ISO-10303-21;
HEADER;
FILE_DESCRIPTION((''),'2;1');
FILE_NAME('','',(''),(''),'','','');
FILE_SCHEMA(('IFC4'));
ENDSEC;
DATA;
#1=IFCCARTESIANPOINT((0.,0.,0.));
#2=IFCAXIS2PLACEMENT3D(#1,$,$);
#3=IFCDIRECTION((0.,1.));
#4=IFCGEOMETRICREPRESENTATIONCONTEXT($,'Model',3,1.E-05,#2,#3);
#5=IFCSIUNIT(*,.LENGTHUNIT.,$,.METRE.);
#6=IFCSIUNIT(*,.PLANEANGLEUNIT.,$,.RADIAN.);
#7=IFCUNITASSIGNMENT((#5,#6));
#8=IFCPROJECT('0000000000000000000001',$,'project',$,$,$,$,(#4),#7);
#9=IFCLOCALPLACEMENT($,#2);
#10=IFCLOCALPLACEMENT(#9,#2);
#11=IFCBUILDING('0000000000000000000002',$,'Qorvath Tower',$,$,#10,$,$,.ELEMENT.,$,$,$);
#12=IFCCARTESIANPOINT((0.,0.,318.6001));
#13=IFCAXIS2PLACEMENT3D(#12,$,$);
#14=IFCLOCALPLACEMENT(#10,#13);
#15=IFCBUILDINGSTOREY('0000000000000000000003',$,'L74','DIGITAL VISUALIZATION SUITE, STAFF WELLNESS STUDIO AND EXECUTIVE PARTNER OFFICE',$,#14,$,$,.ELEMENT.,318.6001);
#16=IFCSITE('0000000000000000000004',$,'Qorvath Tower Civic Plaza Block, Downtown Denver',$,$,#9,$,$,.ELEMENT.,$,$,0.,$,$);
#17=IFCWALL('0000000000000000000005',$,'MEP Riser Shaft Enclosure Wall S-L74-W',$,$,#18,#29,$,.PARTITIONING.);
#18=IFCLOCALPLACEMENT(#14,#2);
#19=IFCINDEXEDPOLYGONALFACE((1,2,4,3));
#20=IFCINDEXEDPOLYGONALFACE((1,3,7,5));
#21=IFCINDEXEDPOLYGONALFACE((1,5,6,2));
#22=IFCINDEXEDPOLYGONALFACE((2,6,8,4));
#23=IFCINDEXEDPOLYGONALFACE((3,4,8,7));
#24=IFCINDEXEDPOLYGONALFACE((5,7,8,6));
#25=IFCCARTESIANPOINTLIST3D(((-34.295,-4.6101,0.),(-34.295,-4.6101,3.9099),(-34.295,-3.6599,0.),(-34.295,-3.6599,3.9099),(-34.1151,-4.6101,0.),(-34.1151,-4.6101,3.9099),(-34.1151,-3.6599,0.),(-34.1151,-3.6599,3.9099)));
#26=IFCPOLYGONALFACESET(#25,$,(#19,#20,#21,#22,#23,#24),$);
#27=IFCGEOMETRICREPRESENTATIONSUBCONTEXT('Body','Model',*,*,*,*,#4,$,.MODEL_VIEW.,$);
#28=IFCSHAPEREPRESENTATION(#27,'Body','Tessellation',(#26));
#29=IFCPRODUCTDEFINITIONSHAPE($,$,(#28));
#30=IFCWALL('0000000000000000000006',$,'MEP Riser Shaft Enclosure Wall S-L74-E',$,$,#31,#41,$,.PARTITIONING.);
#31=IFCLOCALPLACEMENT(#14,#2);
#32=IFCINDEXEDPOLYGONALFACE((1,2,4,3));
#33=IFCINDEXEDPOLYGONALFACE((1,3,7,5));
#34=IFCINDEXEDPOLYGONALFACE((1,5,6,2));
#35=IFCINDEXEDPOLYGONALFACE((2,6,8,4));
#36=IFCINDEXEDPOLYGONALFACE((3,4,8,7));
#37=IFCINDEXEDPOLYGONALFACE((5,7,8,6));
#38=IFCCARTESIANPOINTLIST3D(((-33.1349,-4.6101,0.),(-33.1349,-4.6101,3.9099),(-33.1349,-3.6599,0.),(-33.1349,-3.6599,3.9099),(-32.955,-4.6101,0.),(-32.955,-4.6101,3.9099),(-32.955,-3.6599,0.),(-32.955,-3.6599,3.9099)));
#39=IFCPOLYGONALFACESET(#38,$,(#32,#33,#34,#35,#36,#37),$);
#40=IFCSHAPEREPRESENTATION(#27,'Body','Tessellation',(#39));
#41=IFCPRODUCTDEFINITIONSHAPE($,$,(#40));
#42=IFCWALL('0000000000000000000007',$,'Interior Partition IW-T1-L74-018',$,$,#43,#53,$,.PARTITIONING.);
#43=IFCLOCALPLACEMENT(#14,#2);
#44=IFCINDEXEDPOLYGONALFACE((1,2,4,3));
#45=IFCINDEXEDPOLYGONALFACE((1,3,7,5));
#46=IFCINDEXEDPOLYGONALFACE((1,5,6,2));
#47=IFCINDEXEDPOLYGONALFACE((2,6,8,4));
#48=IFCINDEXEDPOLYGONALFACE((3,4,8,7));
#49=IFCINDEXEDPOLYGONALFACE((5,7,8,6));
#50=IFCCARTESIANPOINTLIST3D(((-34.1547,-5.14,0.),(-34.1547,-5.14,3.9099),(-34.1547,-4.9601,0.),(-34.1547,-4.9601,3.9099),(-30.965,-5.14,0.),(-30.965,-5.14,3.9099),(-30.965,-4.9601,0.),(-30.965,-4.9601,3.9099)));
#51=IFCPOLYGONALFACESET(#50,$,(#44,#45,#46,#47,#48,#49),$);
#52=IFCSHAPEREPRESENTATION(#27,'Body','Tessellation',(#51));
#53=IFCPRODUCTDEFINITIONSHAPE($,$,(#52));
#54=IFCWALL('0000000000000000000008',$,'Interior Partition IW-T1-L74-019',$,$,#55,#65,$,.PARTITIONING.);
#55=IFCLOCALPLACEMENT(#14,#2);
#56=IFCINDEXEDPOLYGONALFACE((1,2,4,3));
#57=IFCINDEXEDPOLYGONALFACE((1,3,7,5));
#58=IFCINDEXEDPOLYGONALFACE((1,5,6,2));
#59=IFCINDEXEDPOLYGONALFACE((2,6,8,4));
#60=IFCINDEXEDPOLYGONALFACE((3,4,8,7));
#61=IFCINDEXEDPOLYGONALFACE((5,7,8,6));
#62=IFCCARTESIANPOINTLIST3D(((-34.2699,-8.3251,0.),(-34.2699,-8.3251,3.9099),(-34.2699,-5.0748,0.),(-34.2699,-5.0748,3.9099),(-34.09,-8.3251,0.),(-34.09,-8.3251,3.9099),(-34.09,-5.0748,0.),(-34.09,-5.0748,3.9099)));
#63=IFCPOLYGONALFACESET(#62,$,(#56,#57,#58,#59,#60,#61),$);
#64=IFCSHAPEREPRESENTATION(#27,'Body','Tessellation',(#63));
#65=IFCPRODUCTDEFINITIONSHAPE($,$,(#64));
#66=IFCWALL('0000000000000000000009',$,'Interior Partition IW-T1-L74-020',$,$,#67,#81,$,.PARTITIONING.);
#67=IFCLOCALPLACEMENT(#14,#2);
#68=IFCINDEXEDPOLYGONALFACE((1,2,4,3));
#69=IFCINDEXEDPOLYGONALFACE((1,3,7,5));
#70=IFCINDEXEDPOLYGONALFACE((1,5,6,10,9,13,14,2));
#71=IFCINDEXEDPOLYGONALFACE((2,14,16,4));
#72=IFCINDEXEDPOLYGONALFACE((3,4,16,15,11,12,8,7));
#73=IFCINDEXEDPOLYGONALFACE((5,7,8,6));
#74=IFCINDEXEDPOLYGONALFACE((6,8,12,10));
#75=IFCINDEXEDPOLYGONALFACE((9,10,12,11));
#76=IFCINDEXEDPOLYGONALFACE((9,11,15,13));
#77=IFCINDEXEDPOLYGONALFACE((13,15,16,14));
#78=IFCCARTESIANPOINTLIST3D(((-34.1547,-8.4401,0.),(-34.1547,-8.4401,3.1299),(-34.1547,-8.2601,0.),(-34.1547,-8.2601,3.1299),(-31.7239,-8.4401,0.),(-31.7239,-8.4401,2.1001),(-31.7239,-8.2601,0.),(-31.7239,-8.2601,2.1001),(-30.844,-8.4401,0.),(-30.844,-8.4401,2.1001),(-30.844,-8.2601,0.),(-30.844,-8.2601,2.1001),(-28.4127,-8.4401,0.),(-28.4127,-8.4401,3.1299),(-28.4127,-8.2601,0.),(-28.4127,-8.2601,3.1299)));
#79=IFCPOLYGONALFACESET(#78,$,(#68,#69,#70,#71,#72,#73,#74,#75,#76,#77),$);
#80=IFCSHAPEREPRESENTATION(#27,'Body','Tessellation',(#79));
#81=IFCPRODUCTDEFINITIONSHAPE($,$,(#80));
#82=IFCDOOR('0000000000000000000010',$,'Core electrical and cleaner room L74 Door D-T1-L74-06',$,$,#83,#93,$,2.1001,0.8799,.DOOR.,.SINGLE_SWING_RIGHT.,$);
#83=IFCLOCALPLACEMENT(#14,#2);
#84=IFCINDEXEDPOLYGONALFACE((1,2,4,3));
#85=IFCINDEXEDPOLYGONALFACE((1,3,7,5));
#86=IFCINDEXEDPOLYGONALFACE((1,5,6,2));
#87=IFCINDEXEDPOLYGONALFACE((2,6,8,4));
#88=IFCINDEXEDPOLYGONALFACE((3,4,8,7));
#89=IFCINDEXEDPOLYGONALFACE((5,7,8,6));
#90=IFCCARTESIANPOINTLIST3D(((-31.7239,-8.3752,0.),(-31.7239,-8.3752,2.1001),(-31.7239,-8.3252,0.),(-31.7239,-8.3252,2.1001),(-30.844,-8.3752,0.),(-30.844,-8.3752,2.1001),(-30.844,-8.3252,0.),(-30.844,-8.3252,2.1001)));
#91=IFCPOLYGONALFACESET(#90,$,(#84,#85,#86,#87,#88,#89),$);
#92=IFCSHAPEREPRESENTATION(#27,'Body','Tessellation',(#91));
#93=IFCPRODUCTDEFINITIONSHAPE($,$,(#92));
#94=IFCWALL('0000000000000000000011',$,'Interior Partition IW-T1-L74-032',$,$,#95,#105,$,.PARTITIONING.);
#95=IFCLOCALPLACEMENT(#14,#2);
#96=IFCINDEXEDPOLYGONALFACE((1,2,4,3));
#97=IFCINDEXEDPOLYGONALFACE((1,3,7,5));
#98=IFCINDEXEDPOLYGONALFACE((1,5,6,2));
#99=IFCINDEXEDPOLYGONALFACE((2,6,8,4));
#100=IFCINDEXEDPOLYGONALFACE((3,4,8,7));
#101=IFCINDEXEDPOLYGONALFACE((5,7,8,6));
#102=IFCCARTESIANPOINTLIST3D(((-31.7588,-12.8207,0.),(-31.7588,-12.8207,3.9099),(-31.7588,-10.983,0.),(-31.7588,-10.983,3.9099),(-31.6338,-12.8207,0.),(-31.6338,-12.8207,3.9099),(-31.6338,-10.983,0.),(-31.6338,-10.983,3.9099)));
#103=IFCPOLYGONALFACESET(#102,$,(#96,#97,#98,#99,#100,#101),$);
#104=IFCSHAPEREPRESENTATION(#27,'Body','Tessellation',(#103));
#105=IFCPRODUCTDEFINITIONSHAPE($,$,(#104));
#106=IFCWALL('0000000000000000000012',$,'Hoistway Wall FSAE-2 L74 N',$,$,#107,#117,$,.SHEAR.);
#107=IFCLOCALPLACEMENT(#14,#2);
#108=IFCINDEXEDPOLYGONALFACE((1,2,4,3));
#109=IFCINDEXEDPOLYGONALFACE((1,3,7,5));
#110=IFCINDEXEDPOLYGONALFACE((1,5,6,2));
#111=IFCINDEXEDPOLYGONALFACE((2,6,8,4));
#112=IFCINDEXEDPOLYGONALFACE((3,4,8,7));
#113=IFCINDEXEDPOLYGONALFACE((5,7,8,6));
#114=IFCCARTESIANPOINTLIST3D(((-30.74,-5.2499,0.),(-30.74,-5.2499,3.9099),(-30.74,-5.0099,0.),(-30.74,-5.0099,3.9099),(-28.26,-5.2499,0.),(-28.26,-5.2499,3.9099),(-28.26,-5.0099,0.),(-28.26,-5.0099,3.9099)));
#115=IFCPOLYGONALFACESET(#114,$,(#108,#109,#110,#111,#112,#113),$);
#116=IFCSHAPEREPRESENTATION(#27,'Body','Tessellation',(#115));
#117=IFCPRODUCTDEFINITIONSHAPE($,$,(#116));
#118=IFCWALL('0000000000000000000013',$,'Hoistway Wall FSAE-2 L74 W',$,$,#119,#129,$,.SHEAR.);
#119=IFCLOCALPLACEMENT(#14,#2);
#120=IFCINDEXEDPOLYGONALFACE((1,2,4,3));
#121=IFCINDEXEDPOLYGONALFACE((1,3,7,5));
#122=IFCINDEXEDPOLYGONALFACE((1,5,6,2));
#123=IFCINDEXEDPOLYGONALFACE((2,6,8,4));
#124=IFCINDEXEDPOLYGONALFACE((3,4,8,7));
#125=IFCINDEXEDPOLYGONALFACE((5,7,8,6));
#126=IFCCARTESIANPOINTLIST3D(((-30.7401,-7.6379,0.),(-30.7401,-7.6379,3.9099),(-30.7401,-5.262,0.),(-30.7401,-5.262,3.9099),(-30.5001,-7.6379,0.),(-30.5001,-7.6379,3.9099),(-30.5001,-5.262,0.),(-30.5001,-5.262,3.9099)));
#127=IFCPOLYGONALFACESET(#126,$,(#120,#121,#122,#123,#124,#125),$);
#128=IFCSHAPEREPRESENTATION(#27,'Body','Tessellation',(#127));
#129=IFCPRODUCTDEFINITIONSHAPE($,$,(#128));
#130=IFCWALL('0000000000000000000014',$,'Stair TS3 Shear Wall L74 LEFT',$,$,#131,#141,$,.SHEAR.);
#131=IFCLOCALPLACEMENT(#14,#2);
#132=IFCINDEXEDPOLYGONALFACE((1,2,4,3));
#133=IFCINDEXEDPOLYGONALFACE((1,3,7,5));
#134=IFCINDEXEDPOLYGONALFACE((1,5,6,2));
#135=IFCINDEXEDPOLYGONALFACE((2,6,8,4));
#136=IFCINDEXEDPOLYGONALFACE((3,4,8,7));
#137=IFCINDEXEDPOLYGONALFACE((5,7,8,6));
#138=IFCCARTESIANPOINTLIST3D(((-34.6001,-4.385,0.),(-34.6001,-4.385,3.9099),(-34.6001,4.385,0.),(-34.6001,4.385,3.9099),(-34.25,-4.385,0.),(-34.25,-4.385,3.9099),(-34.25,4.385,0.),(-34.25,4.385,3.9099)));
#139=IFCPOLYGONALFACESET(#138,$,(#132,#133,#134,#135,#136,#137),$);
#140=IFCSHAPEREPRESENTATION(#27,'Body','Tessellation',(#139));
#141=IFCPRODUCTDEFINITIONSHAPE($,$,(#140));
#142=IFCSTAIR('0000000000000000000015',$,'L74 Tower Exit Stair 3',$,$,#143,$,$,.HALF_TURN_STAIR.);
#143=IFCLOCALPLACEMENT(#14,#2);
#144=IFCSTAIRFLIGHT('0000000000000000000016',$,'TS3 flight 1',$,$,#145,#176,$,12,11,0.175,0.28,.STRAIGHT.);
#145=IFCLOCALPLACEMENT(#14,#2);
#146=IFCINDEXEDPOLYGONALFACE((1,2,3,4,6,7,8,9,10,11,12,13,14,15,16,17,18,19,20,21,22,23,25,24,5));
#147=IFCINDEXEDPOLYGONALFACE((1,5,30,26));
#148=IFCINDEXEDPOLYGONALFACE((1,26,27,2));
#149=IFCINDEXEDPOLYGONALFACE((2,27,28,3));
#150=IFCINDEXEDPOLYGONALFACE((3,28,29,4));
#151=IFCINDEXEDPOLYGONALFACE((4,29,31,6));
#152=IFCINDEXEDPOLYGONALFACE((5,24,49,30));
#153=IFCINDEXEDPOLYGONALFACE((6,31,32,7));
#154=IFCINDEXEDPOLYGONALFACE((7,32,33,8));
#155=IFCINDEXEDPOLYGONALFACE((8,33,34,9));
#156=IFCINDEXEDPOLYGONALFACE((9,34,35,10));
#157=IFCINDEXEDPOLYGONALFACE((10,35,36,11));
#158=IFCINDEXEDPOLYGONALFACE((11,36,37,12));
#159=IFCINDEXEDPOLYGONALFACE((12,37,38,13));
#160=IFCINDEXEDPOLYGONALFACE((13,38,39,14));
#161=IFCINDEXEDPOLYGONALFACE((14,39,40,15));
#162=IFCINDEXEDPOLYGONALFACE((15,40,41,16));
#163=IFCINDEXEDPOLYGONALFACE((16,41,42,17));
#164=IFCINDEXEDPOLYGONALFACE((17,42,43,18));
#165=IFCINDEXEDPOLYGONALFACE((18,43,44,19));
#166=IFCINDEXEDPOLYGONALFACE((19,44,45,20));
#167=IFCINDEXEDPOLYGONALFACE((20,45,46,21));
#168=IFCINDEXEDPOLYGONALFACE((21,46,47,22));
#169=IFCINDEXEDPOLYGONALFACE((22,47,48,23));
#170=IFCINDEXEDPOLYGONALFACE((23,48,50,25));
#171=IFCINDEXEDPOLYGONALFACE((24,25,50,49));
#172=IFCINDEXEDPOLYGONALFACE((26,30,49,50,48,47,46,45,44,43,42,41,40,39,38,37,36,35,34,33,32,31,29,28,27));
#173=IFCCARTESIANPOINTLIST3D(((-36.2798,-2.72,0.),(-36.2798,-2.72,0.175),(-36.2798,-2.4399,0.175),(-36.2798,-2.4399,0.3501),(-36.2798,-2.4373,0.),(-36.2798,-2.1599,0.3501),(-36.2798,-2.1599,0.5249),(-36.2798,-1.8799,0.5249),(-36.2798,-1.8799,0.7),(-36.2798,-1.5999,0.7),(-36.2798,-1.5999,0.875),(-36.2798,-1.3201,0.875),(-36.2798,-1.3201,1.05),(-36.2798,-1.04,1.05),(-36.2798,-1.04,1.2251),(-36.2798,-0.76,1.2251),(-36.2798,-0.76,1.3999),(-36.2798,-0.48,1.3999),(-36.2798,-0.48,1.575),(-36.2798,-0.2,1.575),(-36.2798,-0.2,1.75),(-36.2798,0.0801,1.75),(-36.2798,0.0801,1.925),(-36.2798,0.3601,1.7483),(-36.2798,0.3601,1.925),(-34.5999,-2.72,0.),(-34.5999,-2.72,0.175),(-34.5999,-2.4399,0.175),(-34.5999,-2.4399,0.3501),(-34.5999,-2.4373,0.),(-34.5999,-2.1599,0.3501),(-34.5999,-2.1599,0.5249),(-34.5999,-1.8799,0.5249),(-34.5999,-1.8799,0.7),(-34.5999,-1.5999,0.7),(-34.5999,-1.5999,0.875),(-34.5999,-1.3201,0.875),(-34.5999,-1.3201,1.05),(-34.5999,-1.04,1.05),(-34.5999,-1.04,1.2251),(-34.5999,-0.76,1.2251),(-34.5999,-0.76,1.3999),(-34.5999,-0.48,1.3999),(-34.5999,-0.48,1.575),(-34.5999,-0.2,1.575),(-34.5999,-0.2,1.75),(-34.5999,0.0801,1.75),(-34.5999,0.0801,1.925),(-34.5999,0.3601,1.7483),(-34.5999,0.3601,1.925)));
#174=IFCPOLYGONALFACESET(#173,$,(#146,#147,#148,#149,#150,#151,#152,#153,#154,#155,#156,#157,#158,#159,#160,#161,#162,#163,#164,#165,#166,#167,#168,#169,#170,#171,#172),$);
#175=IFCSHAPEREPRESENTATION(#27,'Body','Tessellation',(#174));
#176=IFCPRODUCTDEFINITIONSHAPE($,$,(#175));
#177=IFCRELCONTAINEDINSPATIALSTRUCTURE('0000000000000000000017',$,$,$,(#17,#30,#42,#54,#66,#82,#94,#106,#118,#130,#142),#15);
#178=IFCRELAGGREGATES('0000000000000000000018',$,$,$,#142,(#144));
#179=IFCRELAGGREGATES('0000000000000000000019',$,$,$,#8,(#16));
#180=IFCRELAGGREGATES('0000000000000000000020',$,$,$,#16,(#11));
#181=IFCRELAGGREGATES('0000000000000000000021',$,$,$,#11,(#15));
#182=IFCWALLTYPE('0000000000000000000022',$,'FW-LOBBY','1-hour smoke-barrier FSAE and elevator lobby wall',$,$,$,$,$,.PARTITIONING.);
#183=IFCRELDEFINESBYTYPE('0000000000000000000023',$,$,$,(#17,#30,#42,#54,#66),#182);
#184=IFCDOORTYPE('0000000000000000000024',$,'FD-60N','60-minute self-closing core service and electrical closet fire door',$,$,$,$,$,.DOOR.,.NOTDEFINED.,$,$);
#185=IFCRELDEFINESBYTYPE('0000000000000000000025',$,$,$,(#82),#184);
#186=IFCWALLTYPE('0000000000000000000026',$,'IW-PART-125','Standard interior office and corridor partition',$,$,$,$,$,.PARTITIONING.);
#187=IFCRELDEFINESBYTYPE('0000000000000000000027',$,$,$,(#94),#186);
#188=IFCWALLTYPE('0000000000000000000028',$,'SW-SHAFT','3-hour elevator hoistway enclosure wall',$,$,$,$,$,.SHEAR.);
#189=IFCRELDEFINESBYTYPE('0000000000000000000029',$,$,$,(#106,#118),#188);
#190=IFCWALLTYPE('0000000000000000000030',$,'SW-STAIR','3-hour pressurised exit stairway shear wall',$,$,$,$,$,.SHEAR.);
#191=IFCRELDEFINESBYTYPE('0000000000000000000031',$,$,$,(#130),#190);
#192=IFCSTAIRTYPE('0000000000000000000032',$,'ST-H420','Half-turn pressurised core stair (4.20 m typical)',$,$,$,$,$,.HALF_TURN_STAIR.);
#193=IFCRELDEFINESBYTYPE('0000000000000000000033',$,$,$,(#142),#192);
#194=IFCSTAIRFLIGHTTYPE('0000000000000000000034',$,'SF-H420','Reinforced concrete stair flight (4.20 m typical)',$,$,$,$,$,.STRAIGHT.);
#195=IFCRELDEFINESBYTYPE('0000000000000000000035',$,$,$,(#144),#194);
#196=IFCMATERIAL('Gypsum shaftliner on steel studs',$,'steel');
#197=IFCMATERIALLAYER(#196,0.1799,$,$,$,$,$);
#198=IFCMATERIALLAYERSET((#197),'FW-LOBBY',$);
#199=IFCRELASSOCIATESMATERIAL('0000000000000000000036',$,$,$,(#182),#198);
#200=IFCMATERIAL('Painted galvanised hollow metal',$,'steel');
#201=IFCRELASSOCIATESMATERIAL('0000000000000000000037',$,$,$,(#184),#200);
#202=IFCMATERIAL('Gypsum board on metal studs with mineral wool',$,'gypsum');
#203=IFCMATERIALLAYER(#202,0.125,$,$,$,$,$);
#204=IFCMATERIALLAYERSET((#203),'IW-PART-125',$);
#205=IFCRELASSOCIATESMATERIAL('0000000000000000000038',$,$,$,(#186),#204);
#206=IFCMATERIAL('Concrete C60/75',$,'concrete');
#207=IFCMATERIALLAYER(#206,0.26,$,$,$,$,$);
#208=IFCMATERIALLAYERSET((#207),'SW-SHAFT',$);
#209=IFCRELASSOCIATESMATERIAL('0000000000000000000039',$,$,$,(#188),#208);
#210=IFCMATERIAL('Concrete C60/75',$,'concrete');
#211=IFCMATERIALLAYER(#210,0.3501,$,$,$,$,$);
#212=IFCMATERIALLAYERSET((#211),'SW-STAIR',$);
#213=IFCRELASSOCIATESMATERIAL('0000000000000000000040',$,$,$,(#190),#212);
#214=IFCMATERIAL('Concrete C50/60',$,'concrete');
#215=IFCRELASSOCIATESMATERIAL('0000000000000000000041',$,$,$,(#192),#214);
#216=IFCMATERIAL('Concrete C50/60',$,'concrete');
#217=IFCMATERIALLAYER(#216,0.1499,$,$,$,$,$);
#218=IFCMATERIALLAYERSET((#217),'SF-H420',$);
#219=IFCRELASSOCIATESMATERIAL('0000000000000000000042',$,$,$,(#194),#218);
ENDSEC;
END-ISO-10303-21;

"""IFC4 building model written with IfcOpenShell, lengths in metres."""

from ifc_helpers import new_model, si_unit, direction, frame, frame_2d, origin, place, context, subcontext, project, spatial, polyline, rectangle, outline, extrude, material, layer, layer_set, type_object, element, fill, aggregate, save


model = new_model("IFC4")

# Units and contexts
model_context = context("Model", 3, precision=1e-05, world=origin(), true_north=direction((0.0, 1.0)))
body_context = subcontext(model_context, "Body", "Model", "MODEL_VIEW")
ifc_project = project(units=[si_unit("LENGTHUNIT", "METRE"), si_unit("PLANEANGLEUNIT", "RADIAN")], contexts=[model_context])

# Site, building, storey
site_placement = place(None, origin())
site = spatial("IfcSite", under=ifc_project, at=site_placement, Name="Qorvath Tower Civic Plaza Block, Downtown Denver", CompositionType="ELEMENT", RefElevation=0.0)
building_placement = place(site_placement, origin())
building = spatial("IfcBuilding", under=site, at=building_placement, Name="Qorvath Tower", CompositionType="ELEMENT")
storey_placement = place(building_placement, frame((0.0, 0.0, 318.6001)))
storey = spatial("IfcBuildingStorey", under=building, at=storey_placement, Name="L74", Description="DIGITAL VISUALIZATION SUITE, STAFF WELLNESS STUDIO AND EXECUTIVE PARTNER OFFICE", CompositionType="ELEMENT", Elevation=318.6001)

# Walls
ifc_material_1 = material(Name="Gypsum shaftliner on steel studs", Category="steel")
ifc_layer_1 = layer(ifc_material_1, 0.1799)
ifc_layer_set_1 = layer_set([ifc_layer_1], Name="FW-LOBBY")
wall_type_1 = type_object("IfcWallType", Name="FW-LOBBY", Description="1-hour smoke-barrier FSAE and elevator lobby wall", PredefinedType="PARTITIONING", material=ifc_layer_set_1)
for number, where, z_axis, x_axis, name in (
    (1, (-34.2051, -4.6101, 0.0), (0.0, 0.0, 1.0), (0.0, 1.0, 0.0), "MEP Riser Shaft Enclosure Wall S-L74-W"),
    (2, (-33.0449, -3.6599, 0.0), (0.0, 0.0, 1.0), (0.0, -1.0, 0.0), "MEP Riser Shaft Enclosure Wall S-L74-E"),
):
    element("IfcWall", number, at=place(storey_placement, frame(where, z_axis=z_axis, x_axis=x_axis)), inside=storey, type_object=wall_type_1, Name=name, PredefinedType="PARTITIONING", context=body_context, shape_type="SweptSolid", body=[
        extrude(rectangle(XDim=0.9502, YDim=0.1799, at=frame_2d((0.4751, 0.0))), origin(), (0.0, 0.0, 1.0), 3.9099),
    ])
wall_1_placement = place(storey_placement, frame((-30.9651, -5.05, 0.0), z_axis=(0.0, 0.0, 1.0), x_axis=(-1.0, 0.0, 0.0)))
element("IfcWall", 3, at=wall_1_placement, inside=storey, type_object=wall_type_1, Name="Interior Partition IW-T1-L74-018", PredefinedType="PARTITIONING", context=body_context, shape_type="SweptSolid", body=[
    extrude(rectangle(XDim=3.1897, YDim=0.1799, at=frame_2d((1.5947, 0.0))), origin(), (0.0, 0.0, 1.0), 3.9099),
])
wall_2_placement = place(storey_placement, frame((-34.1799, -5.075, 0.0), z_axis=(0.0, 0.0, 1.0), x_axis=(0.0, -1.0, 0.0)))
element("IfcWall", 4, at=wall_2_placement, inside=storey, type_object=wall_type_1, Name="Interior Partition IW-T1-L74-019", PredefinedType="PARTITIONING", context=body_context, shape_type="SweptSolid", body=[
    extrude(rectangle(XDim=3.2502, YDim=0.1799, at=frame_2d((1.625, 0.0))), origin(), (0.0, 0.0, 1.0), 3.9099),
])

# Wall, opening, door
wall_3_placement = place(storey_placement, frame((-34.1548, -8.3501, 0.0), z_axis=(0.0, 0.0, 1.0), x_axis=(1.0, 0.0, 0.0)))
wall_3 = element("IfcWall", 5, at=wall_3_placement, inside=storey, type_object=wall_type_1, Name="Interior Partition IW-T1-L74-020", PredefinedType="PARTITIONING", context=body_context, shape_type="SweptSolid", body=[
    extrude(rectangle(XDim=5.7419, YDim=0.1799, at=frame_2d((2.8711, 0.0))), origin(), (0.0, 0.0, 1.0), 3.1299),
])
opening_placement = place(wall_3_placement, frame((2.4309, 0.0, 0.0)))
opening = element("IfcOpeningElement", 6, at=opening_placement, cuts=wall_3, PredefinedType="OPENING", context=body_context, shape_type="SweptSolid", body=[
    extrude(rectangle(XDim=0.8799, YDim=2.1001, at=frame_2d((0.4399, 1.05))), frame((0.0, 0.1001, 0.0), z_axis=(0.0, -1.0, 0.0), x_axis=(1.0, 0.0, 0.0)), (0.0, 0.0, 1.0), 0.2),
])
ifc_material_2 = material(Name="Painted galvanised hollow metal", Category="steel")
door_type = type_object("IfcDoorType", Name="FD-60N", Description="60-minute self-closing core service and electrical closet fire door", OperationType="NOTDEFINED", PredefinedType="DOOR", material=ifc_material_2)
door_placement = place(opening_placement, origin())
door = element("IfcDoor", 7, at=door_placement, inside=storey, type_object=door_type, Name="Core electrical and cleaner room L74 Door D-T1-L74-06", OperationType="SINGLE_SWING_RIGHT", OverallHeight=2.1001, OverallWidth=0.8799, PredefinedType="DOOR", context=body_context, shape_type="SweptSolid", body=[
    extrude(rectangle(XDim=0.8799, YDim=2.1001, at=frame_2d((0.4399, 1.05))), frame((0.0, 0.0249, 0.0), z_axis=(0.0, -1.0, 0.0), x_axis=(1.0, 0.0, 0.0)), (0.0, 0.0, 1.0), 0.05),
])
fill(opening, door)

# Walls
ifc_material_3 = material(Name="Gypsum board on metal studs with mineral wool", Category="gypsum")
ifc_layer_2 = layer(ifc_material_3, 0.125)
ifc_layer_set_2 = layer_set([ifc_layer_2], Name="IW-PART-125")
wall_type_2 = type_object("IfcWallType", Name="IW-PART-125", Description="Standard interior office and corridor partition", PredefinedType="PARTITIONING", material=ifc_layer_set_2)
wall_4_placement = place(storey_placement, frame((-31.6963, -10.9829, 0.0), z_axis=(0.0, 0.0, 1.0), x_axis=(0.0, -1.0, 0.0)))
element("IfcWall", 8, at=wall_4_placement, inside=storey, type_object=wall_type_2, Name="Interior Partition IW-T1-L74-032", PredefinedType="PARTITIONING", context=body_context, shape_type="SweptSolid", body=[
    extrude(rectangle(XDim=1.8376, YDim=0.125, at=frame_2d((0.9189, 0.0))), origin(), (0.0, 0.0, 1.0), 3.9099),
])
ifc_material_4 = material(Name="Concrete C60/75", Category="concrete")
ifc_layer_3 = layer(ifc_material_4, 0.26)
ifc_layer_set_3 = layer_set([ifc_layer_3], Name="SW-SHAFT")
wall_type_3 = type_object("IfcWallType", Name="SW-SHAFT", Description="3-hour elevator hoistway enclosure wall", PredefinedType="SHEAR", material=ifc_layer_set_3)
wall_5_placement = place(storey_placement, frame((-30.74, -5.1299, 0.0), z_axis=(0.0, 0.0, 1.0), x_axis=(1.0, 0.0, 0.0)))
element("IfcWall", 9, at=wall_5_placement, inside=storey, type_object=wall_type_3, Name="Hoistway Wall FSAE-2 L74 N", PredefinedType="SHEAR", context=body_context, shape_type="SweptSolid", body=[
    extrude(rectangle(XDim=2.48, YDim=0.24, at=frame_2d((1.24, 0.0))), origin(), (0.0, 0.0, 1.0), 3.9099),
])
wall_6_placement = place(storey_placement, frame((-30.6201, -7.6379, 0.0), z_axis=(0.0, 0.0, 1.0), x_axis=(0.0, 1.0, 0.0)))
element("IfcWall", 10, at=wall_6_placement, inside=storey, type_object=wall_type_3, Name="Hoistway Wall FSAE-2 L74 W", PredefinedType="SHEAR", context=body_context, shape_type="SweptSolid", body=[
    extrude(rectangle(XDim=2.376, YDim=0.24, at=frame_2d((1.188, 0.0))), origin(), (0.0, 0.0, 1.0), 3.9099),
])
ifc_material_5 = material(Name="Concrete C60/75", Category="concrete")
ifc_layer_4 = layer(ifc_material_5, 0.3501)
ifc_layer_set_4 = layer_set([ifc_layer_4], Name="SW-STAIR")
wall_type_4 = type_object("IfcWallType", Name="SW-STAIR", Description="3-hour pressurised exit stairway shear wall", PredefinedType="SHEAR", material=ifc_layer_set_4)
wall_7_placement = place(storey_placement, frame((-34.425, -4.385, 0.0), z_axis=(0.0, 0.0, 1.0), x_axis=(0.0, 1.0, 0.0)))
element("IfcWall", 11, at=wall_7_placement, inside=storey, type_object=wall_type_4, Name="Stair TS3 Shear Wall L74 LEFT", PredefinedType="SHEAR", context=body_context, shape_type="SweptSolid", body=[
    extrude(rectangle(XDim=8.77, YDim=0.3501, at=frame_2d((4.385, 0.0))), origin(), (0.0, 0.0, 1.0), 3.9099),
])

# Stair, stair flight
ifc_material_6 = material(Name="Concrete C50/60", Category="concrete")
stair_type = type_object("IfcStairType", Name="ST-H420", Description="Half-turn pressurised core stair (4.20 m typical)", PredefinedType="HALF_TURN_STAIR", material=ifc_material_6)
stair_placement = place(storey_placement, origin())
stair = element("IfcStair", 12, at=stair_placement, inside=storey, type_object=stair_type, Name="L74 Tower Exit Stair 3", PredefinedType="HALF_TURN_STAIR")
ifc_material_7 = material(Name="Concrete C50/60", Category="concrete")
ifc_layer_5 = layer(ifc_material_7, 0.1499)
ifc_layer_set_5 = layer_set([ifc_layer_5], Name="SF-H420")
stair_flight_type = type_object("IfcStairFlightType", Name="SF-H420", Description="Reinforced concrete stair flight (4.20 m typical)", PredefinedType="STRAIGHT", material=ifc_layer_set_5)
stair_flight_placement = place(storey_placement, frame((-35.4399, -2.72, 0.0), z_axis=(0.0, 0.0, 1.0), x_axis=(0.0, 1.0, 0.0)))
stair_flight = element("IfcStairFlight", 13, at=stair_flight_placement, type_object=stair_flight_type, Name="TS3 flight 1", NumberOfRisers=12, NumberOfTreads=11, PredefinedType="STRAIGHT", RiserHeight=0.175, TreadLength=0.28, context=body_context, shape_type="SweptSolid", body=[
    extrude(outline(polyline([(0.0, 0.0), (0.0, 0.175), (0.28, 0.175), (0.28, 0.3501), (0.5601, 0.3501), (0.5601, 0.5249), (0.8401, 0.5249), (0.8401, 0.7), (1.1201, 0.7), (1.1201, 0.875), (1.3999, 0.875), (1.3999, 1.05), (1.6799, 1.05), (1.6799, 1.2251), (1.96, 1.2251), (1.96, 1.3999), (2.24, 1.3999), (2.24, 1.575), (2.52, 1.575), (2.52, 1.75), (2.8, 1.75), (2.8, 1.925), (3.0801, 1.925), (3.0801, 2.1001), (3.0801, 1.7483), (0.2827, 0.0), (0.0, 0.0)])), frame((0.0, 0.8398, 0.0), z_axis=(0.0, -1.0, 0.0), x_axis=(1.0, 0.0, 0.0)), (0.0, 0.0, 1.0), 1.6799),
])
aggregate(stair, [stair_flight])

save(model, "model.ifc")
